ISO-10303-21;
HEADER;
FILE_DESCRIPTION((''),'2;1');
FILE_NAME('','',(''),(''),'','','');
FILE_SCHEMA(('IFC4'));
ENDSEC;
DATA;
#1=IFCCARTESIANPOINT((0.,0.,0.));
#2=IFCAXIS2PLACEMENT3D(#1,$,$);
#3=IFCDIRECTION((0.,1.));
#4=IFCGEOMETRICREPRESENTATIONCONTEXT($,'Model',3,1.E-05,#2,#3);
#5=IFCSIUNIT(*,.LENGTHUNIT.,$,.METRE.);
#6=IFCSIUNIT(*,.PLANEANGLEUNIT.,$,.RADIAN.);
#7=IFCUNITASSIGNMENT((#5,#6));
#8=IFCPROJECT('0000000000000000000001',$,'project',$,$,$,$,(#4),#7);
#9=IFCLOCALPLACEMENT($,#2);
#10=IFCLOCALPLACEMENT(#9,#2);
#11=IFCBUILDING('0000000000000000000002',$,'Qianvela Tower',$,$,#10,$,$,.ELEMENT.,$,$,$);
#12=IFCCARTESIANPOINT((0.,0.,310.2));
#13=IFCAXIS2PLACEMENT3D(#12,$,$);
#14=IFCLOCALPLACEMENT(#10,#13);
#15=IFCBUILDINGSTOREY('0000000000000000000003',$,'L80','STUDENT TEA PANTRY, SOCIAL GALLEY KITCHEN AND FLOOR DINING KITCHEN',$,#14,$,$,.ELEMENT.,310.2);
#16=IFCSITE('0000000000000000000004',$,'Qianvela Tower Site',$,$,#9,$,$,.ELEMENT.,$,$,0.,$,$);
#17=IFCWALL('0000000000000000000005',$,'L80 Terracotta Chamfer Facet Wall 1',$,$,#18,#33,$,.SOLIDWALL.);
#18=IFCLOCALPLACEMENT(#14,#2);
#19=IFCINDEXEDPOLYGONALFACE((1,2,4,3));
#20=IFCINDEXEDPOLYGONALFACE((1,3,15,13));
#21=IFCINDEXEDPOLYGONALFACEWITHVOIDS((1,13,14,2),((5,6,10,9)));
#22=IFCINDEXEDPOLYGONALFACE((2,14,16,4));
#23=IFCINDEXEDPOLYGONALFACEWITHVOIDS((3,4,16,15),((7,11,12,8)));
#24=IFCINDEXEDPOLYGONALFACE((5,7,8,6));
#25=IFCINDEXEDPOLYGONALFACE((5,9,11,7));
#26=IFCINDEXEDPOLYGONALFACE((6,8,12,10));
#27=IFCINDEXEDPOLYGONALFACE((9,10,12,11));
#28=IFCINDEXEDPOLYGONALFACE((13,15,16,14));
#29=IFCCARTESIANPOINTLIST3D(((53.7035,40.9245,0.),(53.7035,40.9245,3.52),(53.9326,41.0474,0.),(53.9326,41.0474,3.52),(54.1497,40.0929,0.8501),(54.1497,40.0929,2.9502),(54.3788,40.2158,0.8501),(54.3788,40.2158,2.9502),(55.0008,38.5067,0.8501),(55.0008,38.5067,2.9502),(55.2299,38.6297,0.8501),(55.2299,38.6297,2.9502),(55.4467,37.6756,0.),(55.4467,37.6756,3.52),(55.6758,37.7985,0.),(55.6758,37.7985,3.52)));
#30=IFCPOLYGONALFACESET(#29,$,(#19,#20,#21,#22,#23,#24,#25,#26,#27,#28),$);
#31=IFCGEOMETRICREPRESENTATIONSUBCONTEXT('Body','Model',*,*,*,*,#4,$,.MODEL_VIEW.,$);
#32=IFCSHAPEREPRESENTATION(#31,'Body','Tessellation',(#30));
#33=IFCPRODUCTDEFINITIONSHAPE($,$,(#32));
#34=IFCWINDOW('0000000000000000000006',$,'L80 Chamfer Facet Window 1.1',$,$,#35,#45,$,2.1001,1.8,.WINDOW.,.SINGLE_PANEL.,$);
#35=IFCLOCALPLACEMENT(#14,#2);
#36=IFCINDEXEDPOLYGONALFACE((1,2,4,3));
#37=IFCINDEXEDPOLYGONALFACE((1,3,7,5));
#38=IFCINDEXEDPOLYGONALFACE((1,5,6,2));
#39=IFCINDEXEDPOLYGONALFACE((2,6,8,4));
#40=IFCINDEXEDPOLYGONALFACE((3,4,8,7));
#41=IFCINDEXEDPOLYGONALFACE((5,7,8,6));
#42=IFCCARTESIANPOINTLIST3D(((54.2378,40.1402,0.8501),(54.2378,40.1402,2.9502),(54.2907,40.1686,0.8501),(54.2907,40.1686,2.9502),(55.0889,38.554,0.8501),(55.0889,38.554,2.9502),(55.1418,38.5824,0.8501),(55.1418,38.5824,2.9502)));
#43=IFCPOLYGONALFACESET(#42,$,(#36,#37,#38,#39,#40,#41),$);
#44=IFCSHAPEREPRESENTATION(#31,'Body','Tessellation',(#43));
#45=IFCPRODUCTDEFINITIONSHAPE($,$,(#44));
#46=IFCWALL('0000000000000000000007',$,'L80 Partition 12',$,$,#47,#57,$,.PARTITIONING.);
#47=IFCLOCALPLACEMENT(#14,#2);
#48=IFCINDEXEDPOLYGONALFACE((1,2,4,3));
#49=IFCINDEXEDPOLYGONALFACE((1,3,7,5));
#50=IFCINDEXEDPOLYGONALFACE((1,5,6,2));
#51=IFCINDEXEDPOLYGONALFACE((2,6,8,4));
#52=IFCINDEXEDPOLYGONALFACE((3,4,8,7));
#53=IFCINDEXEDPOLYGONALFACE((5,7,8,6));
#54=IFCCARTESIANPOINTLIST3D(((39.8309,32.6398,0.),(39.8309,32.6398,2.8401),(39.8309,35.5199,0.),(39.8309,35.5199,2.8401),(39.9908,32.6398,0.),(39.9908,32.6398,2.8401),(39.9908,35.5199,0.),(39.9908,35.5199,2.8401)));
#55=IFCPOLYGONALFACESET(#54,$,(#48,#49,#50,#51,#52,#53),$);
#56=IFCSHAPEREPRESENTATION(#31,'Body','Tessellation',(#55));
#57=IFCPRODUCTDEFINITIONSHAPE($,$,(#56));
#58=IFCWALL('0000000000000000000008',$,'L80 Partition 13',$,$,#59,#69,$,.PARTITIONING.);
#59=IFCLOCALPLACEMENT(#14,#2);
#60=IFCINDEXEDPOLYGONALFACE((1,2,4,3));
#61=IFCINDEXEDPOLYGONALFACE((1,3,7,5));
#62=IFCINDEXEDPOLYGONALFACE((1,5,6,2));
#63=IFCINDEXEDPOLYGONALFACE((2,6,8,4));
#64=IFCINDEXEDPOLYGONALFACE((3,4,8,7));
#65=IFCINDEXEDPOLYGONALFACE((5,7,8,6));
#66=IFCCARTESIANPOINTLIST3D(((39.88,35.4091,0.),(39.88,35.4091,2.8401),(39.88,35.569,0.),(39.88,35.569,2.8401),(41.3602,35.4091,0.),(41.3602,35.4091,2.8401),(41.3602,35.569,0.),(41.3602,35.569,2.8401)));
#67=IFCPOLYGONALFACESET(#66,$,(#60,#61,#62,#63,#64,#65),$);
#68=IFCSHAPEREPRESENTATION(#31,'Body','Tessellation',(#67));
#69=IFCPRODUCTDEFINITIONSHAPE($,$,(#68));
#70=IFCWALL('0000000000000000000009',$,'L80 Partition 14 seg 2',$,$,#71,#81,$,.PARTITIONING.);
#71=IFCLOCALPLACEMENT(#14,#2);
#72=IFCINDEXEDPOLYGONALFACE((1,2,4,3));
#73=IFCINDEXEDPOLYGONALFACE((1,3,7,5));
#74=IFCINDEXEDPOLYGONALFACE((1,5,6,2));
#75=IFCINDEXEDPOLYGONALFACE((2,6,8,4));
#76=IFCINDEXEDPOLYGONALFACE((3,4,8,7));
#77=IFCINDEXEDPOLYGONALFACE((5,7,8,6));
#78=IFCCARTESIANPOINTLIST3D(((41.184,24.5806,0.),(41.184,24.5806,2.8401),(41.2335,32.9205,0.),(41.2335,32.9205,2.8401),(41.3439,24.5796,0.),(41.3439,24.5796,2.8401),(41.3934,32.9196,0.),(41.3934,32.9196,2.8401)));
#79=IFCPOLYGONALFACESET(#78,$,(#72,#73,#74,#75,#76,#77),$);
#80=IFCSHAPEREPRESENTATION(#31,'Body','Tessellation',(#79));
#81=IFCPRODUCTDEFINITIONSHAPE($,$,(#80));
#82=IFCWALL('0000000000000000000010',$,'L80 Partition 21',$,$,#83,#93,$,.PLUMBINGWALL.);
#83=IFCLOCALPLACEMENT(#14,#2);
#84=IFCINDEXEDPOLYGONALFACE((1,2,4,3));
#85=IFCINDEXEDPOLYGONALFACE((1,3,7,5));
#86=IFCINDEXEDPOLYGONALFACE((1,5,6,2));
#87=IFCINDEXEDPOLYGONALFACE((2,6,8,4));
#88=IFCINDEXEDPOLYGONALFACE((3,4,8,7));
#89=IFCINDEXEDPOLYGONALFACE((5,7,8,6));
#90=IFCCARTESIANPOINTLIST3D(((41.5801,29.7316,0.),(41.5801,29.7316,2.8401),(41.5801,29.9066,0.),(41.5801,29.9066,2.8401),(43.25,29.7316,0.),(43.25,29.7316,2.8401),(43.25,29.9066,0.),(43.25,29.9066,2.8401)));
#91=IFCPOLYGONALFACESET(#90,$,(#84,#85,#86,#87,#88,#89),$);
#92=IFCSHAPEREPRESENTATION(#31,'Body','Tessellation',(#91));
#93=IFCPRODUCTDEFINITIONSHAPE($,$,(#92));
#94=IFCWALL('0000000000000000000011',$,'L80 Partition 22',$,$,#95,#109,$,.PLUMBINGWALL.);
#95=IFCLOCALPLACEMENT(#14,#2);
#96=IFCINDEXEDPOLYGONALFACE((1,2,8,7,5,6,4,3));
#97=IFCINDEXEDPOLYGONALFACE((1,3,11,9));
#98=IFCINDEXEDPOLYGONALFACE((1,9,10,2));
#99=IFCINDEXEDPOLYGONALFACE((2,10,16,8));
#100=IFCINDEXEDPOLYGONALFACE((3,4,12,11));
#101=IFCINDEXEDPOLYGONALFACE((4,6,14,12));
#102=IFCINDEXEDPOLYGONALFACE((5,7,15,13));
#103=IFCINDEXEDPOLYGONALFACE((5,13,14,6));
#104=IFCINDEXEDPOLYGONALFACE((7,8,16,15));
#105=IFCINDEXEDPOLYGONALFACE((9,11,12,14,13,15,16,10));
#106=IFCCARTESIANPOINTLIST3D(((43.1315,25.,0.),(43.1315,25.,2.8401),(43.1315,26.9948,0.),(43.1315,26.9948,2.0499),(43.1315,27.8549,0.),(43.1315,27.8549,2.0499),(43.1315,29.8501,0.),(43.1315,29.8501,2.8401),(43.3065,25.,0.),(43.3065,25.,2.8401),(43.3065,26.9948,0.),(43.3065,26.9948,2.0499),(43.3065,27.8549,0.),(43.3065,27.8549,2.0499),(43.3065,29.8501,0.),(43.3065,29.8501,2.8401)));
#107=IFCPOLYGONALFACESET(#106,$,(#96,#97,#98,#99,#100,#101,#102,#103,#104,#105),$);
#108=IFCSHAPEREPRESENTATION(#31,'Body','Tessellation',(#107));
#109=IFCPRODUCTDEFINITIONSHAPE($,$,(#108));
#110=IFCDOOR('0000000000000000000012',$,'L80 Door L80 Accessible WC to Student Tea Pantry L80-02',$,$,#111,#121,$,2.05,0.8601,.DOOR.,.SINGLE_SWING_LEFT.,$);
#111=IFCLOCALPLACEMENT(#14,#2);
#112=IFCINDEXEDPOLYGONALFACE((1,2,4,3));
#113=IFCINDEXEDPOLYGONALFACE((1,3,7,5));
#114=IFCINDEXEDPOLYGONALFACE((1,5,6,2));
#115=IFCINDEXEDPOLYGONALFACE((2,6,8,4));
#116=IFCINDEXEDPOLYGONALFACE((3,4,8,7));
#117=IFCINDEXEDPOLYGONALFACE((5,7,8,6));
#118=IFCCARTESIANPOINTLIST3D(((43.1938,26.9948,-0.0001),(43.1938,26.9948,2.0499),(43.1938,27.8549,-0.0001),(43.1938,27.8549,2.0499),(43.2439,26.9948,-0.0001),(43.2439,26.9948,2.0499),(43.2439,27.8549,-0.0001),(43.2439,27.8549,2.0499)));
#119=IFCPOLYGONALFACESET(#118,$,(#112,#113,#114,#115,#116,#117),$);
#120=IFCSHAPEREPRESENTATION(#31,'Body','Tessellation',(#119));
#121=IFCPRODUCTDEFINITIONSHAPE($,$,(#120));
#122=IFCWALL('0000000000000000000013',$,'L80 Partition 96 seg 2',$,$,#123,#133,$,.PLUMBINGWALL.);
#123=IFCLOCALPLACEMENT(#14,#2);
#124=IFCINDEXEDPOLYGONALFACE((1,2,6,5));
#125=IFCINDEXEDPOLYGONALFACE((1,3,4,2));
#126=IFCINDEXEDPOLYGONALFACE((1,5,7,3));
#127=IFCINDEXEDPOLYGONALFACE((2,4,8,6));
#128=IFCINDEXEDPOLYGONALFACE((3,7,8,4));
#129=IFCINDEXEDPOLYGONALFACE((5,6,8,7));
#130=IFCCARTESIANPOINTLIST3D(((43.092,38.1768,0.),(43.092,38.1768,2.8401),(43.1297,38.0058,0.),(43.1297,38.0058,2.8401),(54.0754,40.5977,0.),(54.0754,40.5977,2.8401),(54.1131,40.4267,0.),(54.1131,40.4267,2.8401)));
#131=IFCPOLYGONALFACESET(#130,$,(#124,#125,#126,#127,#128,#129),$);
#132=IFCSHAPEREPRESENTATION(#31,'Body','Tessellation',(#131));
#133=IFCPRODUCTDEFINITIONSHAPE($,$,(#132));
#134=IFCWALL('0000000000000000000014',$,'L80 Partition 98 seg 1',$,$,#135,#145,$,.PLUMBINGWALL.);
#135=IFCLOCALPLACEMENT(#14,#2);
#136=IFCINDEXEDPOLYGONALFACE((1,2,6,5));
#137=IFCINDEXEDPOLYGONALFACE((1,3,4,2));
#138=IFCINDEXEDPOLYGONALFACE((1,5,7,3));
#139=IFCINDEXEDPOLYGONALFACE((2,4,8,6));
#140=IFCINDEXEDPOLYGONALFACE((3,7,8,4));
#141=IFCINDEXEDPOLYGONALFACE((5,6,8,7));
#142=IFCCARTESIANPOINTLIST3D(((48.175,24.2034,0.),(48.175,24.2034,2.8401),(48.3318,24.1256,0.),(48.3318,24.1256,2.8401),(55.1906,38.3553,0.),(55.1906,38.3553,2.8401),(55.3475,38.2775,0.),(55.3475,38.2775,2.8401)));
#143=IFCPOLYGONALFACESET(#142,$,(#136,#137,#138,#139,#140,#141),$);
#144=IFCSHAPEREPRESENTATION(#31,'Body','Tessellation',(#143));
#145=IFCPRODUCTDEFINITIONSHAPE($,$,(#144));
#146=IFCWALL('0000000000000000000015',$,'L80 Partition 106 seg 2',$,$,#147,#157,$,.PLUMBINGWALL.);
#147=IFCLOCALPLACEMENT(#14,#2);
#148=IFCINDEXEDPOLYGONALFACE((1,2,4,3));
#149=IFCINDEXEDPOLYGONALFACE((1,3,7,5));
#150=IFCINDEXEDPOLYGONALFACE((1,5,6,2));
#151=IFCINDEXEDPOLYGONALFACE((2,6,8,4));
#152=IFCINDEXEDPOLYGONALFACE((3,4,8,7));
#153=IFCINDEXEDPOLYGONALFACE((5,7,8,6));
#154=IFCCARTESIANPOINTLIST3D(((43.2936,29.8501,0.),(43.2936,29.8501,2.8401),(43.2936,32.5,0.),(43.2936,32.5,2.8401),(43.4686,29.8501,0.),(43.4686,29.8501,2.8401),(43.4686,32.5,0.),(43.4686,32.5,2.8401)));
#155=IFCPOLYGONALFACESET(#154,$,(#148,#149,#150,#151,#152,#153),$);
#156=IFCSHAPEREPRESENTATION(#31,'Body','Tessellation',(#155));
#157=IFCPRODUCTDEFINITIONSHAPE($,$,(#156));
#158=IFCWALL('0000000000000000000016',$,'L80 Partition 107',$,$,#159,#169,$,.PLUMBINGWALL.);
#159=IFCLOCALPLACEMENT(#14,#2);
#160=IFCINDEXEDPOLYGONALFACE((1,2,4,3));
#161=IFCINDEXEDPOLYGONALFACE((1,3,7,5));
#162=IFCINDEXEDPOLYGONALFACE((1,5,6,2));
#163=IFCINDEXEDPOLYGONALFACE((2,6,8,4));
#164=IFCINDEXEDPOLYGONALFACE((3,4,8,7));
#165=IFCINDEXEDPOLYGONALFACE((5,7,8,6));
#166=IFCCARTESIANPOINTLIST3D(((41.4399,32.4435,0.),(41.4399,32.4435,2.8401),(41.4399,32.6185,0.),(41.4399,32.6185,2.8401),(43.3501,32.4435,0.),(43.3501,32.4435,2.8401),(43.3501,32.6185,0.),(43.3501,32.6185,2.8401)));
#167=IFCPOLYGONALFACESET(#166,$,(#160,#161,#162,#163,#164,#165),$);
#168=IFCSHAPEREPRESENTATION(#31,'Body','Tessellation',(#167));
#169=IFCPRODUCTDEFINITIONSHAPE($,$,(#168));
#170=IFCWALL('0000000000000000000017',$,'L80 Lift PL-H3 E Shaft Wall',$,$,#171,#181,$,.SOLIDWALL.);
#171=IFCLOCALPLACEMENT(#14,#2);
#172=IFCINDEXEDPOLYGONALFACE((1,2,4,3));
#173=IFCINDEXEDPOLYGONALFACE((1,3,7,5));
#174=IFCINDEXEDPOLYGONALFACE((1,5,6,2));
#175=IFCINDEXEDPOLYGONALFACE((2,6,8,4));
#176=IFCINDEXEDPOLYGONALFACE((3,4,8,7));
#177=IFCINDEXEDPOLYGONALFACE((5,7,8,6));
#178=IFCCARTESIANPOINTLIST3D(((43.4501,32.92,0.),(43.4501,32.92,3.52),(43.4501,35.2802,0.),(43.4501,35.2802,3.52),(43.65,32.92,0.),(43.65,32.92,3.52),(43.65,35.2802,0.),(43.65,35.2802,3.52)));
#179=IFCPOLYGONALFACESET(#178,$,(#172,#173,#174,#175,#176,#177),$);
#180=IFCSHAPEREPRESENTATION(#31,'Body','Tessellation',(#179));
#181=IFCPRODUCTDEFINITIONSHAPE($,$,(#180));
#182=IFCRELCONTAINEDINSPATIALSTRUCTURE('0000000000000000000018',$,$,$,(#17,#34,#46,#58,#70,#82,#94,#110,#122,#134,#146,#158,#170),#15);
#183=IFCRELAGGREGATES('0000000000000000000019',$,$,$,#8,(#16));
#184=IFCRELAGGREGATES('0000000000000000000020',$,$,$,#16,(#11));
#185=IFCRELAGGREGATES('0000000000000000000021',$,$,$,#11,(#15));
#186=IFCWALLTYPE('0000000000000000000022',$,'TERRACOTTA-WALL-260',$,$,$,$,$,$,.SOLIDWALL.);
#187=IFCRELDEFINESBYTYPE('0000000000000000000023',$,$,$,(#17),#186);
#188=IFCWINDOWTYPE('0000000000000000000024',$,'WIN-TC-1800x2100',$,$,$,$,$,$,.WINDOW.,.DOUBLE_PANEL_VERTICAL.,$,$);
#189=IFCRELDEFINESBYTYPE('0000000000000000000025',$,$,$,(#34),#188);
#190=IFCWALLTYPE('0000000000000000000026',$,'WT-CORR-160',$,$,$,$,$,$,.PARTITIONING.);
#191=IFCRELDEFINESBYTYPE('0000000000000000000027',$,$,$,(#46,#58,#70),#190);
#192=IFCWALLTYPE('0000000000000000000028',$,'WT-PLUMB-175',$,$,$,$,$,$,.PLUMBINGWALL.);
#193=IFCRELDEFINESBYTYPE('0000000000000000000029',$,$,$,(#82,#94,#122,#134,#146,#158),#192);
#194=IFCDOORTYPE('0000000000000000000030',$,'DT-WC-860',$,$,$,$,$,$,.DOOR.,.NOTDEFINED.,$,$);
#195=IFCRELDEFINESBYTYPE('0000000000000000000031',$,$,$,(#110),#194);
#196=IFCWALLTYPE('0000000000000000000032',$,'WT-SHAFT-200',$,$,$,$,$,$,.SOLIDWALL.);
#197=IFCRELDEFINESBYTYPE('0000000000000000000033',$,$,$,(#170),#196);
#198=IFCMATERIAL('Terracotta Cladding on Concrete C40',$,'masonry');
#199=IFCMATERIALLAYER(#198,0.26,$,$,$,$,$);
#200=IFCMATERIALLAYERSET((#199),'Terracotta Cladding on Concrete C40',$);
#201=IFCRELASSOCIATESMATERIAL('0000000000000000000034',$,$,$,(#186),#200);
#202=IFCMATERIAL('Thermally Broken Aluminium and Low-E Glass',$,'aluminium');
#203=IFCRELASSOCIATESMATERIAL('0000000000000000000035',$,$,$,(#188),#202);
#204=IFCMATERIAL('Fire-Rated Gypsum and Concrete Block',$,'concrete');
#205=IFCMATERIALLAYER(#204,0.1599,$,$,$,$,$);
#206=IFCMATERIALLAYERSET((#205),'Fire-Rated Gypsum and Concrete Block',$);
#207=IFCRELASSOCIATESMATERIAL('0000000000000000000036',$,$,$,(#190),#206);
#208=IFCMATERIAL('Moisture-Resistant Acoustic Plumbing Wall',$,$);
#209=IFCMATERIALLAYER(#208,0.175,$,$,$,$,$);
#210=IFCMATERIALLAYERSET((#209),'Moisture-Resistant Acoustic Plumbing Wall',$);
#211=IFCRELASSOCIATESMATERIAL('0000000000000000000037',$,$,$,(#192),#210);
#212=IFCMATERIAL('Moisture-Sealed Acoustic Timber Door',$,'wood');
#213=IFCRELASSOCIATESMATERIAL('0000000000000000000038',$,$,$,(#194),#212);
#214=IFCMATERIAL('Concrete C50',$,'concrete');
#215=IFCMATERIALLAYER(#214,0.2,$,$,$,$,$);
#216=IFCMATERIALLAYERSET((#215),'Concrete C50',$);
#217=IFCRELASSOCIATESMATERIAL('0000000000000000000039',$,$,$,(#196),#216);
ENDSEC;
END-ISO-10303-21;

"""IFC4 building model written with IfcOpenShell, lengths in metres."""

from ifc_helpers import new_model, si_unit, direction, frame, frame_2d, origin, place, context, subcontext, project, spatial, rectangle, extrude, material, layer, layer_set, type_object, element, fill, save


model = new_model("IFC4")

# Units and contexts
model_context = context("Model", 3, precision=1e-05, world=origin(), true_north=direction((0.0, 1.0)))
body_context = subcontext(model_context, "Body", "Model", "MODEL_VIEW")
ifc_project = project(units=[si_unit("LENGTHUNIT", "METRE"), si_unit("PLANEANGLEUNIT", "RADIAN")], contexts=[model_context])

# Site, building, storey
site_placement = place(None, origin())
site = spatial("IfcSite", under=ifc_project, at=site_placement, Name="Qianvela Tower Site", CompositionType="ELEMENT", RefElevation=0.0)
building_placement = place(site_placement, origin())
building = spatial("IfcBuilding", under=site, at=building_placement, Name="Qianvela Tower", CompositionType="ELEMENT")
storey_placement = place(building_placement, frame((0.0, 0.0, 310.2)))
storey = spatial("IfcBuildingStorey", under=building, at=storey_placement, Name="L80", Description="STUDENT TEA PANTRY, SOCIAL GALLEY KITCHEN AND FLOOR DINING KITCHEN", CompositionType="ELEMENT", Elevation=310.2)

# Wall, opening, window
ifc_material_1 = material(Name="Terracotta Cladding on Concrete C40", Category="masonry")
ifc_layer_1 = layer(ifc_material_1, 0.26)
ifc_layer_set_1 = layer_set([ifc_layer_1], Name="Terracotta Cladding on Concrete C40")
wall_type_1 = type_object("IfcWallType", Name="TERRACOTTA-WALL-260", PredefinedType="SOLIDWALL", material=ifc_layer_set_1)
wall_1_placement = place(storey_placement, frame((55.5613, 37.7371, 0.0), z_axis=(0.0, 0.0, 1.0), x_axis=(-0.4728, 0.88117, 0.0)))
wall_1 = element("IfcWall", 1, at=wall_1_placement, inside=storey, type_object=wall_type_1, Name="L80 Terracotta Chamfer Facet Wall 1", PredefinedType="SOLIDWALL", context=body_context, shape_type="SweptSolid", body=[
    extrude(rectangle(XDim=3.687, YDim=0.26, at=frame_2d((1.8435, 0.0))), origin(), (0.0, 0.0, 1.0), 3.52),
])
opening_1_placement = place(wall_1_placement, frame((0.9434, 0.0, 0.8501)))
opening_1 = element("IfcOpeningElement", 2, at=opening_1_placement, cuts=wall_1, PredefinedType="OPENING", context=body_context, shape_type="SweptSolid", body=[
    extrude(rectangle(XDim=1.8, YDim=2.1001, at=frame_2d((0.8999, 1.05))), frame((0.0, 0.1399, 0.0), z_axis=(0.0, -1.0, 0.0), x_axis=(1.0, 0.0, 0.0)), (0.0, 0.0, 1.0), 0.28),
])
ifc_material_2 = material(Name="Thermally Broken Aluminium and Low-E Glass", Category="aluminium")
window_type = type_object("IfcWindowType", Name="WIN-TC-1800x2100", PartitioningType="DOUBLE_PANEL_VERTICAL", PredefinedType="WINDOW", material=ifc_material_2)
window_placement = place(opening_1_placement, origin())
window = element("IfcWindow", 3, at=window_placement, inside=storey, type_object=window_type, Name="L80 Chamfer Facet Window 1.1", OverallHeight=2.1001, OverallWidth=1.8, PartitioningType="SINGLE_PANEL", PredefinedType="WINDOW", context=body_context, shape_type="SweptSolid", body=[
    extrude(rectangle(XDim=1.8, YDim=2.1001, at=frame_2d((0.8999, 1.05))), frame((0.0, 0.03, 0.0), z_axis=(0.0, -1.0, 0.0), x_axis=(1.0, 0.0, 0.0)), (0.0, 0.0, 1.0), 0.0601),
])
fill(opening_1, window)

# Walls
ifc_material_3 = material(Name="Fire-Rated Gypsum and Concrete Block", Category="concrete")
ifc_layer_2 = layer(ifc_material_3, 0.1599)
ifc_layer_set_2 = layer_set([ifc_layer_2], Name="Fire-Rated Gypsum and Concrete Block")
wall_type_2 = type_object("IfcWallType", Name="WT-CORR-160", PredefinedType="PARTITIONING", material=ifc_layer_set_2)
wall_2_placement = place(storey_placement, frame((39.9109, 32.6399, 0.0), z_axis=(0.0, 0.0, 1.0), x_axis=(0.0, 1.0, 0.0)))
element("IfcWall", 4, at=wall_2_placement, inside=storey, type_object=wall_type_2, Name="L80 Partition 12", PredefinedType="PARTITIONING", context=body_context, shape_type="SweptSolid", body=[
    extrude(rectangle(XDim=2.8801, YDim=0.1599, at=frame_2d((1.4399, 0.0))), origin(), (0.0, 0.0, 1.0), 2.8401),
])
wall_3_placement = place(storey_placement, frame((39.8799, 35.489, 0.0), z_axis=(0.0, 0.0, 1.0), x_axis=(1.0, 0.0, 0.0)))
element("IfcWall", 5, at=wall_3_placement, inside=storey, type_object=wall_type_2, Name="L80 Partition 13", PredefinedType="PARTITIONING", context=body_context, shape_type="SweptSolid", body=[
    extrude(rectangle(XDim=1.4802, YDim=0.1599, at=frame_2d((0.7402, 0.0))), origin(), (0.0, 0.0, 1.0), 2.8401),
])
wall_4_placement = place(storey_placement, frame((41.3135, 32.9199, 0.0), z_axis=(0.0, 0.0, 1.0), x_axis=(-0.005943, -0.999982, 0.0)))
element("IfcWall", 6, at=wall_4_placement, inside=storey, type_object=wall_type_2, Name="L80 Partition 14 seg 2", PredefinedType="PARTITIONING", context=body_context, shape_type="SweptSolid", body=[
    extrude(rectangle(XDim=8.3401, YDim=0.1599, at=frame_2d((4.1699, 0.0))), origin(), (0.0, 0.0, 1.0), 2.8401),
])
ifc_material_4 = material(Name="Moisture-Resistant Acoustic Plumbing Wall")
ifc_layer_3 = layer(ifc_material_4, 0.175)
ifc_layer_set_3 = layer_set([ifc_layer_3], Name="Moisture-Resistant Acoustic Plumbing Wall")
wall_type_3 = type_object("IfcWallType", Name="WT-PLUMB-175", PredefinedType="PLUMBINGWALL", material=ifc_layer_set_3)
wall_5_placement = place(storey_placement, frame((41.5801, 29.8191, 0.0), z_axis=(0.0, 0.0, 1.0), x_axis=(1.0, 0.0, 0.0)))
element("IfcWall", 7, at=wall_5_placement, inside=storey, type_object=wall_type_3, Name="L80 Partition 21", PredefinedType="PLUMBINGWALL", context=body_context, shape_type="SweptSolid", body=[
    extrude(rectangle(XDim=1.6699, YDim=0.175, at=frame_2d((0.835, 0.0))), origin(), (0.0, 0.0, 1.0), 2.8401),
])

# Wall, opening, door
wall_6_placement = place(storey_placement, frame((43.219, 29.8501, 0.0), z_axis=(0.0, 0.0, 1.0), x_axis=(0.0, -1.0, 0.0)))
wall_6 = element("IfcWall", 8, at=wall_6_placement, inside=storey, type_object=wall_type_3, Name="L80 Partition 22", PredefinedType="PLUMBINGWALL", context=body_context, shape_type="SweptSolid", body=[
    extrude(rectangle(XDim=4.8501, YDim=0.175, at=frame_2d((2.425, 0.0))), origin(), (0.0, 0.0, 1.0), 2.8401),
])
opening_2_placement = place(wall_6_placement, frame((1.9951, 0.0, 0.0)))
opening_2 = element("IfcOpeningElement", 9, at=opening_2_placement, cuts=wall_6, PredefinedType="OPENING", context=body_context, shape_type="SweptSolid", body=[
    extrude(rectangle(XDim=0.8601, YDim=2.05, at=frame_2d((0.4302, 1.0249))), frame((0.0, 0.0974, 0.0), z_axis=(0.0, -1.0, 0.0), x_axis=(1.0, 0.0, 0.0)), (0.0, 0.0, 1.0), 0.1951),
])
ifc_material_5 = material(Name="Moisture-Sealed Acoustic Timber Door", Category="wood")
door_type_1 = type_object("IfcDoorType", Name="DT-WC-860", OperationType="NOTDEFINED", PredefinedType="DOOR", material=ifc_material_5)
door_1_placement = place(opening_2_placement, origin())
door_1 = element("IfcDoor", 10, at=door_1_placement, inside=storey, type_object=door_type_1, Name="L80 Door L80 Accessible WC to Student Tea Pantry L80-02", OperationType="SINGLE_SWING_LEFT", OverallHeight=2.05, OverallWidth=0.8601, PredefinedType="DOOR", context=body_context, shape_type="SweptSolid", body=[
    extrude(rectangle(XDim=0.8601, YDim=2.05, at=frame_2d((0.4302, 1.0249))), frame((0.0, 0.0249, 0.0), z_axis=(0.0, -1.0, 0.0), x_axis=(1.0, 0.0, 0.0)), (0.0, 0.0, 1.0), 0.05),
])
fill(opening_2, door_1)

# Walls
wall_7_placement = place(storey_placement, frame((43.1108, 38.0913, 0.0), z_axis=(0.0, 0.0, 1.0), x_axis=(0.976559, 0.215248, 0.0)))
element("IfcWall", 11, at=wall_7_placement, inside=storey, type_object=wall_type_3, Name="L80 Partition 96 seg 2", PredefinedType="PLUMBINGWALL", context=body_context, shape_type="SweptSolid", body=[
    extrude(rectangle(XDim=11.2471, YDim=0.175, at=frame_2d((5.6235, 0.0))), origin(), (0.0, 0.0, 1.0), 2.8401),
])
wall_8_placement = place(storey_placement, frame((55.269, 38.3164, 0.0), z_axis=(0.0, 0.0, 1.0), x_axis=(-0.444157, -0.895949, 0.0)))
element("IfcWall", 12, at=wall_8_placement, inside=storey, type_object=wall_type_3, Name="L80 Partition 98 seg 1", PredefinedType="PLUMBINGWALL", context=body_context, shape_type="SweptSolid", body=[
    extrude(rectangle(XDim=15.7954, YDim=0.175, at=frame_2d((7.8977, 0.0))), origin(), (0.0, 0.0, 1.0), 2.8401),
])
wall_9_placement = place(storey_placement, frame((43.3811, 29.8501, 0.0), z_axis=(0.0, 0.0, 1.0), x_axis=(0.0, 1.0, 0.0)))
element("IfcWall", 13, at=wall_9_placement, inside=storey, type_object=wall_type_3, Name="L80 Partition 106 seg 2", PredefinedType="PLUMBINGWALL", context=body_context, shape_type="SweptSolid", body=[
    extrude(rectangle(XDim=2.6499, YDim=0.175, at=frame_2d((1.325, 0.0))), origin(), (0.0, 0.0, 1.0), 2.8401),
])
wall_10_placement = place(storey_placement, frame((43.3501, 32.531, 0.0), z_axis=(0.0, 0.0, 1.0), x_axis=(-1.0, 0.0, 0.0)))
element("IfcWall", 14, at=wall_10_placement, inside=storey, type_object=wall_type_3, Name="L80 Partition 107", PredefinedType="PLUMBINGWALL", context=body_context, shape_type="SweptSolid", body=[
    extrude(rectangle(XDim=1.9102, YDim=0.175, at=frame_2d((0.9551, 0.0))), origin(), (0.0, 0.0, 1.0), 2.8401),
])
ifc_material_6 = material(Name="Concrete C50", Category="concrete")
ifc_layer_4 = layer(ifc_material_6, 0.2)
ifc_layer_set_4 = layer_set([ifc_layer_4], Name="Concrete C50")
wall_type_4 = type_object("IfcWallType", Name="WT-SHAFT-200", PredefinedType="SOLIDWALL", material=ifc_layer_set_4)
wall_11_placement = place(storey_placement, frame((43.55, 32.9199, 0.0), z_axis=(0.0, 0.0, 1.0), x_axis=(0.0, 1.0, 0.0)))
element("IfcWall", 15, at=wall_11_placement, inside=storey, type_object=wall_type_4, Name="L80 Lift PL-H3 E Shaft Wall", PredefinedType="SOLIDWALL", context=body_context, shape_type="SweptSolid", body=[
    extrude(rectangle(XDim=2.3601, YDim=0.2, at=frame_2d((1.1802, 0.0))), origin(), (0.0, 0.0, 1.0), 3.52),
])

save(model, "model.ifc")
